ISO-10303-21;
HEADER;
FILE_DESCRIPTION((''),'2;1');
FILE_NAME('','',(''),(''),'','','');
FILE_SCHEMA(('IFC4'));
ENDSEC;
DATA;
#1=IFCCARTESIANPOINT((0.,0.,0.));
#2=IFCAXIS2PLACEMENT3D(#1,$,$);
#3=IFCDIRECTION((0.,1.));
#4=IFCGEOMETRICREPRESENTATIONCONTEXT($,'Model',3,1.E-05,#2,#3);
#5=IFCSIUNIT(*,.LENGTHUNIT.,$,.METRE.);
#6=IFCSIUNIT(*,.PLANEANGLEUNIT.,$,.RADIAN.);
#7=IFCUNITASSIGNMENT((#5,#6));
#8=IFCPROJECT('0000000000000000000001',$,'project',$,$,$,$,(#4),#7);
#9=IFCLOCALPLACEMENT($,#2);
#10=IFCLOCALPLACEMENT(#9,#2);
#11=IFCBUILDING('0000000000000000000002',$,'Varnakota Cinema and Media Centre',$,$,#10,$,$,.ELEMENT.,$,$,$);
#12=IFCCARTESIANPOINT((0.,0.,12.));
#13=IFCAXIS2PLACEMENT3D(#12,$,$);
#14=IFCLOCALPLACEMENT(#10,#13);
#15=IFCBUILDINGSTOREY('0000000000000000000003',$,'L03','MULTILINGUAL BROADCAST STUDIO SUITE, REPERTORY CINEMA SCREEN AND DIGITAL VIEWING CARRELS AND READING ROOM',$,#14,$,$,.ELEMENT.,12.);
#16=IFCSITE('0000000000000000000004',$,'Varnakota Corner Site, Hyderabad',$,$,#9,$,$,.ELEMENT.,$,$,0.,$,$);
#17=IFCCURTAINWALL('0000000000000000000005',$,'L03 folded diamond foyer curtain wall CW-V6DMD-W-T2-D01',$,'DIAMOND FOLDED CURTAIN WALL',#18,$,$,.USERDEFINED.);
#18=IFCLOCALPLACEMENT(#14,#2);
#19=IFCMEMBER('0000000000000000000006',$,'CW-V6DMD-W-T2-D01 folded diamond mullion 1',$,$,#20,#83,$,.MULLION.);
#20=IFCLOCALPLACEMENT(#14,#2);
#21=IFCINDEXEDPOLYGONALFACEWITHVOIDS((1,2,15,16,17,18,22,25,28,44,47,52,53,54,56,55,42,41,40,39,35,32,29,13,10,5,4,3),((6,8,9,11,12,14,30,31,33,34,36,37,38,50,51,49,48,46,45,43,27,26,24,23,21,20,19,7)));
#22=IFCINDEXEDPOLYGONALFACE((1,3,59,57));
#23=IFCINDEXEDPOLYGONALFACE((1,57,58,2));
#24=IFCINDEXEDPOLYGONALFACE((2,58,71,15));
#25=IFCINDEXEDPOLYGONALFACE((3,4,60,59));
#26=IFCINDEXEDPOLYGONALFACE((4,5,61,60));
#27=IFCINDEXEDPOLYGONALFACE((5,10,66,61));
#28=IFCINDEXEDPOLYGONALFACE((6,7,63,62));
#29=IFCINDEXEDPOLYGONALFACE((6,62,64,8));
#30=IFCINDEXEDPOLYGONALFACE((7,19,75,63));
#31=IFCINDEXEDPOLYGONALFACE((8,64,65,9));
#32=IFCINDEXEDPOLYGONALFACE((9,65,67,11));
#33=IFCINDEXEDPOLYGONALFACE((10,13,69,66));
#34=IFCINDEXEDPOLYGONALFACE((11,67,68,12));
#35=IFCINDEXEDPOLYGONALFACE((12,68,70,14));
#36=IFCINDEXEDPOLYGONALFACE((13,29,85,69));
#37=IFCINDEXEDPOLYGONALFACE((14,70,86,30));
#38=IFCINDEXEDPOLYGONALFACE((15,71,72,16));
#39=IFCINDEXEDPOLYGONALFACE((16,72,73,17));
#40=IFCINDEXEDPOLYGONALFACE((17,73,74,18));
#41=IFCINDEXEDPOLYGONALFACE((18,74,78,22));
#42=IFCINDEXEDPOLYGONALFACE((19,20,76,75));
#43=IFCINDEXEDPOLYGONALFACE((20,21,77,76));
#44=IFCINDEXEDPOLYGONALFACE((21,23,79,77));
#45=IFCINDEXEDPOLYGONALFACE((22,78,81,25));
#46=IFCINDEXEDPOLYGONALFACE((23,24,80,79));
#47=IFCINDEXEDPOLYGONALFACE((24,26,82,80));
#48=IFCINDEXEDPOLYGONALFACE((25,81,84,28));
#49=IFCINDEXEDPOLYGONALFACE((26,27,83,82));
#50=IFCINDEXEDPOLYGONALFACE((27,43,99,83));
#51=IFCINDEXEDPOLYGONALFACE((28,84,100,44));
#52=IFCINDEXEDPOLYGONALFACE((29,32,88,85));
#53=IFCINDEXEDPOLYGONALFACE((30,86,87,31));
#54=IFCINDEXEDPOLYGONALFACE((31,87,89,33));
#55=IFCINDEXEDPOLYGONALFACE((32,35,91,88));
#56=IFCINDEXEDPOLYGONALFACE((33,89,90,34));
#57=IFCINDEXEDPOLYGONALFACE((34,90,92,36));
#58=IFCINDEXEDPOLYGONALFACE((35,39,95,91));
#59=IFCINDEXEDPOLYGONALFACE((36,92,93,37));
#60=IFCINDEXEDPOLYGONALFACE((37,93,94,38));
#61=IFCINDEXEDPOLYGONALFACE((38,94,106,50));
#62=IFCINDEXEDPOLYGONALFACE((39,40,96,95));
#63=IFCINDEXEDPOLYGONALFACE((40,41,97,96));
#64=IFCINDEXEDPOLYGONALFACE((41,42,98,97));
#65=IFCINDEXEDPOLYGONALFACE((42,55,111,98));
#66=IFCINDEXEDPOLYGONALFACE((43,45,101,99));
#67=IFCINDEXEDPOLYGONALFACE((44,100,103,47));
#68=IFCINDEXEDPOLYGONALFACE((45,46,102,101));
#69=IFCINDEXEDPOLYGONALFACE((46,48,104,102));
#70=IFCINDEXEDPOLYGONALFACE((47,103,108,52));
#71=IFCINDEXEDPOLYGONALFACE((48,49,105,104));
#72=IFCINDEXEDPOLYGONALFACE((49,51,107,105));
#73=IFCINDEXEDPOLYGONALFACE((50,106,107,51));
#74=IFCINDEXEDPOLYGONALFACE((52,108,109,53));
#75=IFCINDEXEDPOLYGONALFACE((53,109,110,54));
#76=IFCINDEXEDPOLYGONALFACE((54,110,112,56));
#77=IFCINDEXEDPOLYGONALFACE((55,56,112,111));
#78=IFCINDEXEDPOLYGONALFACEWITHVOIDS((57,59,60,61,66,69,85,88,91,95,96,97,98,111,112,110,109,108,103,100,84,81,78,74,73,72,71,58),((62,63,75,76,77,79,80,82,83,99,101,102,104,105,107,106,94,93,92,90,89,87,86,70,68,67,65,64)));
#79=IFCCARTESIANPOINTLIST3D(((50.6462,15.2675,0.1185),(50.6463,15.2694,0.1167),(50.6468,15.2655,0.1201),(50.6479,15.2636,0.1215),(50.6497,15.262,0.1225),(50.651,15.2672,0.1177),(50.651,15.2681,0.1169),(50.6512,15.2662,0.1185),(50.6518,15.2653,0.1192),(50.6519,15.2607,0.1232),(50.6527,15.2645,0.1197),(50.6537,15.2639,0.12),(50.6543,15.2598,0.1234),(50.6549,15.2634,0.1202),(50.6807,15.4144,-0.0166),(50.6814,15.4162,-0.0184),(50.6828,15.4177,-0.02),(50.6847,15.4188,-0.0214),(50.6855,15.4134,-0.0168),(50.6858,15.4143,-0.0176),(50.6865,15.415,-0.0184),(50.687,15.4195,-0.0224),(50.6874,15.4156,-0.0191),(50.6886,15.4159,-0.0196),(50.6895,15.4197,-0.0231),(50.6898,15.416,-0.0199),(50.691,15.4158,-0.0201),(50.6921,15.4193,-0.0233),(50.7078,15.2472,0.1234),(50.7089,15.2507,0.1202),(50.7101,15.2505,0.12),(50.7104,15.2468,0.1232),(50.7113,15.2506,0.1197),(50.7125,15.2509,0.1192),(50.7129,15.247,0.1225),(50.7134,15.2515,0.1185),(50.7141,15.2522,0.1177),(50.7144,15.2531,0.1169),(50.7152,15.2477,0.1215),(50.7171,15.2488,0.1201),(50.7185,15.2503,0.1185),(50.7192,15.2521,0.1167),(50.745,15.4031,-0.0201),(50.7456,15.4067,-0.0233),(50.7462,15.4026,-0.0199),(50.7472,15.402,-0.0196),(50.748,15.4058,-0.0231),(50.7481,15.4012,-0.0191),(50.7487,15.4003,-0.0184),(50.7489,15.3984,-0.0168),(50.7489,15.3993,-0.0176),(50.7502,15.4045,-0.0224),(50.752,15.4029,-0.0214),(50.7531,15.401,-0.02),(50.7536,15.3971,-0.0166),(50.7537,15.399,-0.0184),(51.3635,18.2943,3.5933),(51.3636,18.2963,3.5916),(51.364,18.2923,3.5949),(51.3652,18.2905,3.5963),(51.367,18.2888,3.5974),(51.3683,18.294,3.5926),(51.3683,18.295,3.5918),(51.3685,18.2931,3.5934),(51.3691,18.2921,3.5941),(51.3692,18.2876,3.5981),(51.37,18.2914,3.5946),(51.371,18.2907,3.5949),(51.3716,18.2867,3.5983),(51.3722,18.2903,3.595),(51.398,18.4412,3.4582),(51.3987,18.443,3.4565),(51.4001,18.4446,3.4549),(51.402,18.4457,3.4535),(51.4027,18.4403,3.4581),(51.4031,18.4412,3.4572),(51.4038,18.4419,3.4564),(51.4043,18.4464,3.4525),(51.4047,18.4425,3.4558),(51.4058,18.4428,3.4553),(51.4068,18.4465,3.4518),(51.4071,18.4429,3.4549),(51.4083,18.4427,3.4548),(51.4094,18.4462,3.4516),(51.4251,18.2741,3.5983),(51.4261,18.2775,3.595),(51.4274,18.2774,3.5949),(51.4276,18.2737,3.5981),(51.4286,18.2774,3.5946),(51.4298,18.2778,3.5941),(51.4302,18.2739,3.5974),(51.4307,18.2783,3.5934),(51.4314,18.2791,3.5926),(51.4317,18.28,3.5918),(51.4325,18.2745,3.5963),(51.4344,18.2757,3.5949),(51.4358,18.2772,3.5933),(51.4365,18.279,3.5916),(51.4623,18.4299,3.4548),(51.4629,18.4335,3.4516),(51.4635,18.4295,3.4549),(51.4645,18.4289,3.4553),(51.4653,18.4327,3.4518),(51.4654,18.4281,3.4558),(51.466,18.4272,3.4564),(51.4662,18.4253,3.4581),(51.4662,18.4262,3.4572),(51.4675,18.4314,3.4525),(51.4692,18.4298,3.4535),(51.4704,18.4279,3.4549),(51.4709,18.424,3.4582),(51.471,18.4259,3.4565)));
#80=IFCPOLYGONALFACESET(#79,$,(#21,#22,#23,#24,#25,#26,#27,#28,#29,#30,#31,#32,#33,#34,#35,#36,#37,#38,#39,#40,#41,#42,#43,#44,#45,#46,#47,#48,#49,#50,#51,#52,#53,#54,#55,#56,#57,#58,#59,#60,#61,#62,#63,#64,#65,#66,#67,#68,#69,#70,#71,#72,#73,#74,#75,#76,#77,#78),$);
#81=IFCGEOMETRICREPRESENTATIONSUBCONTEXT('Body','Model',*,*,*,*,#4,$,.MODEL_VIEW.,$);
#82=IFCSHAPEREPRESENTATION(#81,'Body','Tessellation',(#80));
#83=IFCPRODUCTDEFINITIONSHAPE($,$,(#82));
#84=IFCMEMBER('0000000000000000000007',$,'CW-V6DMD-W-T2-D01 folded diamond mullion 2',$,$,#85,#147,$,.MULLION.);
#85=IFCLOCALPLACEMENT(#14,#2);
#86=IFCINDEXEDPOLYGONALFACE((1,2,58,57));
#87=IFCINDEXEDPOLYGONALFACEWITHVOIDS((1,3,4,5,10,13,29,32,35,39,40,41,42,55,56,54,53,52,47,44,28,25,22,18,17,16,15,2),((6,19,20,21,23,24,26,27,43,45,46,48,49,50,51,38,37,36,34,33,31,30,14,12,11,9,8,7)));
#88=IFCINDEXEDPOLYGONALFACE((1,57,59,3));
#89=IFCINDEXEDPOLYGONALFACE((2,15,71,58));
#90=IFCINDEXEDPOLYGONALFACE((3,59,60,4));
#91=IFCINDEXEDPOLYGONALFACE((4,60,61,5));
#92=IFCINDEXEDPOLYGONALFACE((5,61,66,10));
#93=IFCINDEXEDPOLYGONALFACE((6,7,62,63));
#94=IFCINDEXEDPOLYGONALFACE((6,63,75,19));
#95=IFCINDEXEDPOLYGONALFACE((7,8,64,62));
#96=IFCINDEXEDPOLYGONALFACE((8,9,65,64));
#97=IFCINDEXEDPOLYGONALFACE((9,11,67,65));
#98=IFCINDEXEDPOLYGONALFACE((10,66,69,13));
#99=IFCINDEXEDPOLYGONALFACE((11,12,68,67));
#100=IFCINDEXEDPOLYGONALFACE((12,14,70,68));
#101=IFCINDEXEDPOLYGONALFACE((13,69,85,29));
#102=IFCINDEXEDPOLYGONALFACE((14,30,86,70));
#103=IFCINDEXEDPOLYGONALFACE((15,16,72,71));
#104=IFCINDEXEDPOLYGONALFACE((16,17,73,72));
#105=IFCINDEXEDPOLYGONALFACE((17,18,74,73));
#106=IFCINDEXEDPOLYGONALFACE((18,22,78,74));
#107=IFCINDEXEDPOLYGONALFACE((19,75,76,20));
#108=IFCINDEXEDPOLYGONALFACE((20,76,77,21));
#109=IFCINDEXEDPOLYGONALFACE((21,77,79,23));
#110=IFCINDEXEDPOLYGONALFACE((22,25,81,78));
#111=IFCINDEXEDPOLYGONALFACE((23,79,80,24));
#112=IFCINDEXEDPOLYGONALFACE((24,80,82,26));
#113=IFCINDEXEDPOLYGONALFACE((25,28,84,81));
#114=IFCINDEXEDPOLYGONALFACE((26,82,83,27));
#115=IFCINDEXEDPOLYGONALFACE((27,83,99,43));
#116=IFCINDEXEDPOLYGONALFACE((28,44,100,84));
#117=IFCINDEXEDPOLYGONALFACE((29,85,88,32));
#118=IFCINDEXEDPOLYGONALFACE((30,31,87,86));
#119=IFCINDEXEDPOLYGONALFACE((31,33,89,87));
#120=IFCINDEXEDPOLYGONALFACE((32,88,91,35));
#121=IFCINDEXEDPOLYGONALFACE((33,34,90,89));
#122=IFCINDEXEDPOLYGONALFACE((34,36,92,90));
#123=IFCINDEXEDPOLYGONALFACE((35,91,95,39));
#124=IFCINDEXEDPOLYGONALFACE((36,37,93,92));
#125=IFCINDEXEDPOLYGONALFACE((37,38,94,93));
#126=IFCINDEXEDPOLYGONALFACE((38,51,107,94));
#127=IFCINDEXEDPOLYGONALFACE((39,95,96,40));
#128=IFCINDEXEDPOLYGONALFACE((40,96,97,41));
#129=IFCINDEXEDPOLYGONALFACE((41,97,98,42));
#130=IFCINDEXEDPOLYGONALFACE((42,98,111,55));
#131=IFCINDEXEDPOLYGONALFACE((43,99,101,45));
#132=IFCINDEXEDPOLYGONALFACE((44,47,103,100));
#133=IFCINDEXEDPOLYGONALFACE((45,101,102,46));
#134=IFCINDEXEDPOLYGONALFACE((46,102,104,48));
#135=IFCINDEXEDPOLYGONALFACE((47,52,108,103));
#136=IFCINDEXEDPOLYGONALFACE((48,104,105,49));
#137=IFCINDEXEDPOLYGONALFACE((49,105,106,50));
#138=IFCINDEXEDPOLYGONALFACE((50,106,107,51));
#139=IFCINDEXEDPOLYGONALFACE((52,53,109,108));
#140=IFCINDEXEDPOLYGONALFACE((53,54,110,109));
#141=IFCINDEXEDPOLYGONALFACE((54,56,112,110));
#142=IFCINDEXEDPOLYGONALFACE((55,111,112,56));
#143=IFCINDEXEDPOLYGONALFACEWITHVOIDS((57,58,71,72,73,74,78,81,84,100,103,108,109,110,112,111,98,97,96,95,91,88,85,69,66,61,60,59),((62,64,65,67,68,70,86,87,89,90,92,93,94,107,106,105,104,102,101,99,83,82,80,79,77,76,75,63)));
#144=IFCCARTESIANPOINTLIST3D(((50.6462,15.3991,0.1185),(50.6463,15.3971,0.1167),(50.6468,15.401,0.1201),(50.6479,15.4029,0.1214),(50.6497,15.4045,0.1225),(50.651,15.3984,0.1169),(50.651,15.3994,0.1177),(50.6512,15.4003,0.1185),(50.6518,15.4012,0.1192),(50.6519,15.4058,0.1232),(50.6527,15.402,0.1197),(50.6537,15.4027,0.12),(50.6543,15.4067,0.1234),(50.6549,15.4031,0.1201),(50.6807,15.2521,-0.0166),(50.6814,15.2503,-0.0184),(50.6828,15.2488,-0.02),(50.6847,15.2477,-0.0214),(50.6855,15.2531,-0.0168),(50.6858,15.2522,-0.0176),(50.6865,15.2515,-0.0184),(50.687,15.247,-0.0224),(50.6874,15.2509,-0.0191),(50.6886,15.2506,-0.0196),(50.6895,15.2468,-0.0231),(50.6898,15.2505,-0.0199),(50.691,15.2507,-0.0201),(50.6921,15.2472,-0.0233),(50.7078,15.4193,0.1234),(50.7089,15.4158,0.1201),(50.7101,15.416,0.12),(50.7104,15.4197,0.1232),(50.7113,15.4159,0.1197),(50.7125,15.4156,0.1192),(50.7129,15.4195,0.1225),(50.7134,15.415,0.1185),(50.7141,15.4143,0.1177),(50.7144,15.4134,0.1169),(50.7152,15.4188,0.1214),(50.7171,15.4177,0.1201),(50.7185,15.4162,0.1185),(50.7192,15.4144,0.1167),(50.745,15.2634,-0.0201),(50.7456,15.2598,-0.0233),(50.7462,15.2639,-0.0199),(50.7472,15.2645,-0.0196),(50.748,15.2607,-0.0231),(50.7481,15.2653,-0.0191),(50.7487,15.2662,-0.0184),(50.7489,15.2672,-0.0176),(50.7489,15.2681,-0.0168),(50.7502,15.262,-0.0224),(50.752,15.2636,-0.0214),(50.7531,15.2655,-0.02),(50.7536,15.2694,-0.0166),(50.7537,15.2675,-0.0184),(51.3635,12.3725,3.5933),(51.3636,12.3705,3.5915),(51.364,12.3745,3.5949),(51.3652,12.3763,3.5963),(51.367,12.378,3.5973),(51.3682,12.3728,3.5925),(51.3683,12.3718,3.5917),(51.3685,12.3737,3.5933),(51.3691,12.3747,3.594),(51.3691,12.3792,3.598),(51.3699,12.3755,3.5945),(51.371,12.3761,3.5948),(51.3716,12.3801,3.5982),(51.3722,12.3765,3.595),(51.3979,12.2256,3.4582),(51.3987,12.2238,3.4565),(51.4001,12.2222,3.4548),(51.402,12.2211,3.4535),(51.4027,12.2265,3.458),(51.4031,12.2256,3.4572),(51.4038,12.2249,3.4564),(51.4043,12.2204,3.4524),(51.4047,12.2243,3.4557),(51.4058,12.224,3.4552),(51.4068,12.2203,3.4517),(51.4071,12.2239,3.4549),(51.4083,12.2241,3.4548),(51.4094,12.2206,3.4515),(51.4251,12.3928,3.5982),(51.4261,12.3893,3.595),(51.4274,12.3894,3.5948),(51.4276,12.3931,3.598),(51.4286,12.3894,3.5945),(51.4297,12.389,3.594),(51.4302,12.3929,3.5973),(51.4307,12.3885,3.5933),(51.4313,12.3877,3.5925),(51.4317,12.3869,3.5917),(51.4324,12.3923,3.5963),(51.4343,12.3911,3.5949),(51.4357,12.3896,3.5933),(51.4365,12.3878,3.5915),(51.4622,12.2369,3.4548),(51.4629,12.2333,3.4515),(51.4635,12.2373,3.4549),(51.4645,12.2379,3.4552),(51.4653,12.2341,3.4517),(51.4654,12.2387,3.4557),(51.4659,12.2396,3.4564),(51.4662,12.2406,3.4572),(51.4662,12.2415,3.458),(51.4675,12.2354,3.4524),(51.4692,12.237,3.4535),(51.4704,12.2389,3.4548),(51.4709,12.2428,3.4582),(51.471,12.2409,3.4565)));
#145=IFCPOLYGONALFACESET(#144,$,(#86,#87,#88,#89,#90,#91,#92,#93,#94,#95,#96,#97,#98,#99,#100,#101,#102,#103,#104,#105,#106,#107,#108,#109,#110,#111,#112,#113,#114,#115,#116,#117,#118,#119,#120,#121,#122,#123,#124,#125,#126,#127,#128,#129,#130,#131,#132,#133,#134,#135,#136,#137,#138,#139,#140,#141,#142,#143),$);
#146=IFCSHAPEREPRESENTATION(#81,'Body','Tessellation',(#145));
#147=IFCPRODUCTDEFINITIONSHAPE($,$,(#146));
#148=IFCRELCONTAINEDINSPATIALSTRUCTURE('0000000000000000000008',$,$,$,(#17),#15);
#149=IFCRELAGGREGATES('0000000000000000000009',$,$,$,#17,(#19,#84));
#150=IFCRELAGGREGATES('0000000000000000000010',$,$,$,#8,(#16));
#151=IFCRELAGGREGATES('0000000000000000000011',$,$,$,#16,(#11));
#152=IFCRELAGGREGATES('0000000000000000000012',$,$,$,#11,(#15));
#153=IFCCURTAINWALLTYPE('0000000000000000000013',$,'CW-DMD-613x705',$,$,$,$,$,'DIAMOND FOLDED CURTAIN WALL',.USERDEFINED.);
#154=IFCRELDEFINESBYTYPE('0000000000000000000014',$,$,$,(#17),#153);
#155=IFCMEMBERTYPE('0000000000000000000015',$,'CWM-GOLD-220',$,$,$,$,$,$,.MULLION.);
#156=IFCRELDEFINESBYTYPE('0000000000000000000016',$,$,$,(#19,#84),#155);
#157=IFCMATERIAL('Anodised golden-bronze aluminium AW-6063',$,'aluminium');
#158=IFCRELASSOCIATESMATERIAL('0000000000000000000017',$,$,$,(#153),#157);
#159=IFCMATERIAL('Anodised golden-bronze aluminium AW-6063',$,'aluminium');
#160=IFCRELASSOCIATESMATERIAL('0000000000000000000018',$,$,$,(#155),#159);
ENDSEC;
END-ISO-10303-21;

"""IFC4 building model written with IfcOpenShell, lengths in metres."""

from ifc_helpers import new_model, si_unit, direction, frame, origin, origin_2d, place, context, subcontext, project, spatial, hollow_rectangle, extrude, material, material_profile, profile_set, type_object, element, aggregate, save


model = new_model("IFC4")

# Units and contexts
model_context = context("Model", 3, precision=1e-05, world=origin(), true_north=direction((0.0, 1.0)))
body_context = subcontext(model_context, "Body", "Model", "MODEL_VIEW")
ifc_project = project(units=[si_unit("LENGTHUNIT", "METRE"), si_unit("PLANEANGLEUNIT", "RADIAN")], contexts=[model_context])

# Site, building, storey
site_placement = place(None, origin())
site = spatial("IfcSite", under=ifc_project, at=site_placement, Name="Varnakota Corner Site, Hyderabad", CompositionType="ELEMENT", RefElevation=0.0)
building_placement = place(site_placement, origin())
building = spatial("IfcBuilding", under=site, at=building_placement, Name="Varnakota Cinema and Media Centre", CompositionType="ELEMENT")
storey_placement = place(building_placement, frame((0.0, 0.0, 12.0)))
storey = spatial("IfcBuildingStorey", under=building, at=storey_placement, Name="L03", Description="MULTILINGUAL BROADCAST STUDIO SUITE, REPERTORY CINEMA SCREEN AND DIGITAL VIEWING CARRELS AND READING ROOM", CompositionType="ELEMENT", Elevation=12.0)

# Curtain wall, members
ifc_material_1 = material(Name="Anodised golden-bronze aluminium AW-6063", Category="aluminium")
curtain_wall_type = type_object("IfcCurtainWallType", Name="CW-DMD-613x705", ElementType="DIAMOND FOLDED CURTAIN WALL", PredefinedType="USERDEFINED", material=ifc_material_1)
curtain_wall_1_placement = place(storey_placement, origin())
curtain_wall_1 = element("IfcCurtainWall", 1, at=curtain_wall_1_placement, inside=storey, type_object=curtain_wall_type, Name="L03 folded diamond foyer curtain wall CW-V6DMD-W-T2-D01", ObjectType="DIAMOND FOLDED CURTAIN WALL", PredefinedType="USERDEFINED")
ifc_material_2 = material(Name="Anodised golden-bronze aluminium AW-6063", Category="aluminium")
ifc_material_profile_1 = material_profile(ifc_material_2, hollow_rectangle(XDim=0.075, YDim=0.22, WallThickness=0.0049, InnerFilletRadius=0.0049, OuterFilletRadius=0.01, at=origin_2d()), Name="AL-MULLION 220x75x5")
ifc_profile_set_1 = profile_set([ifc_material_profile_1], Name="Anodised golden-bronze aluminium AW-6063")
member_type_1 = type_object("IfcMemberType", Name="CWM-GOLD-220", PredefinedType="MULLION", material=ifc_profile_set_1)
member_1_placement = place(storey_placement, frame((50.7, 15.3333, 0.05), z_axis=(0.153799, 0.649012, 0.74507), x_axis=(-0.973052, 0.230588, 0.0)))
member_1 = element("IfcMember", 2, at=member_1_placement, type_object=member_type_1, Name="CW-V6DMD-W-T2-D01 folded diamond mullion 1", PredefinedType="MULLION", context=body_context, shape_type="SweptSolid", body=[
    extrude(hollow_rectangle(XDim=0.075, YDim=0.22, WallThickness=0.0049, InnerFilletRadius=0.0049, OuterFilletRadius=0.01, at=origin_2d()), origin(), (0.0, 0.0, 1.0), 4.6638),
])
member_2_placement = place(storey_placement, frame((50.7, 15.3333, 0.05), z_axis=(0.153804, -0.648981, 0.745096), x_axis=(0.973047, 0.230605, 0.0)))
member_2 = element("IfcMember", 3, at=member_2_placement, type_object=member_type_1, Name="CW-V6DMD-W-T2-D01 folded diamond mullion 2", PredefinedType="MULLION", context=body_context, shape_type="SweptSolid", body=[
    extrude(hollow_rectangle(XDim=0.075, YDim=0.22, WallThickness=0.0049, InnerFilletRadius=0.0049, OuterFilletRadius=0.01, at=origin_2d()), origin(), (0.0, 0.0, 1.0), 4.6636),
])

aggregate(curtain_wall_1, [member_1, member_2])

save(model, "model.ifc")
